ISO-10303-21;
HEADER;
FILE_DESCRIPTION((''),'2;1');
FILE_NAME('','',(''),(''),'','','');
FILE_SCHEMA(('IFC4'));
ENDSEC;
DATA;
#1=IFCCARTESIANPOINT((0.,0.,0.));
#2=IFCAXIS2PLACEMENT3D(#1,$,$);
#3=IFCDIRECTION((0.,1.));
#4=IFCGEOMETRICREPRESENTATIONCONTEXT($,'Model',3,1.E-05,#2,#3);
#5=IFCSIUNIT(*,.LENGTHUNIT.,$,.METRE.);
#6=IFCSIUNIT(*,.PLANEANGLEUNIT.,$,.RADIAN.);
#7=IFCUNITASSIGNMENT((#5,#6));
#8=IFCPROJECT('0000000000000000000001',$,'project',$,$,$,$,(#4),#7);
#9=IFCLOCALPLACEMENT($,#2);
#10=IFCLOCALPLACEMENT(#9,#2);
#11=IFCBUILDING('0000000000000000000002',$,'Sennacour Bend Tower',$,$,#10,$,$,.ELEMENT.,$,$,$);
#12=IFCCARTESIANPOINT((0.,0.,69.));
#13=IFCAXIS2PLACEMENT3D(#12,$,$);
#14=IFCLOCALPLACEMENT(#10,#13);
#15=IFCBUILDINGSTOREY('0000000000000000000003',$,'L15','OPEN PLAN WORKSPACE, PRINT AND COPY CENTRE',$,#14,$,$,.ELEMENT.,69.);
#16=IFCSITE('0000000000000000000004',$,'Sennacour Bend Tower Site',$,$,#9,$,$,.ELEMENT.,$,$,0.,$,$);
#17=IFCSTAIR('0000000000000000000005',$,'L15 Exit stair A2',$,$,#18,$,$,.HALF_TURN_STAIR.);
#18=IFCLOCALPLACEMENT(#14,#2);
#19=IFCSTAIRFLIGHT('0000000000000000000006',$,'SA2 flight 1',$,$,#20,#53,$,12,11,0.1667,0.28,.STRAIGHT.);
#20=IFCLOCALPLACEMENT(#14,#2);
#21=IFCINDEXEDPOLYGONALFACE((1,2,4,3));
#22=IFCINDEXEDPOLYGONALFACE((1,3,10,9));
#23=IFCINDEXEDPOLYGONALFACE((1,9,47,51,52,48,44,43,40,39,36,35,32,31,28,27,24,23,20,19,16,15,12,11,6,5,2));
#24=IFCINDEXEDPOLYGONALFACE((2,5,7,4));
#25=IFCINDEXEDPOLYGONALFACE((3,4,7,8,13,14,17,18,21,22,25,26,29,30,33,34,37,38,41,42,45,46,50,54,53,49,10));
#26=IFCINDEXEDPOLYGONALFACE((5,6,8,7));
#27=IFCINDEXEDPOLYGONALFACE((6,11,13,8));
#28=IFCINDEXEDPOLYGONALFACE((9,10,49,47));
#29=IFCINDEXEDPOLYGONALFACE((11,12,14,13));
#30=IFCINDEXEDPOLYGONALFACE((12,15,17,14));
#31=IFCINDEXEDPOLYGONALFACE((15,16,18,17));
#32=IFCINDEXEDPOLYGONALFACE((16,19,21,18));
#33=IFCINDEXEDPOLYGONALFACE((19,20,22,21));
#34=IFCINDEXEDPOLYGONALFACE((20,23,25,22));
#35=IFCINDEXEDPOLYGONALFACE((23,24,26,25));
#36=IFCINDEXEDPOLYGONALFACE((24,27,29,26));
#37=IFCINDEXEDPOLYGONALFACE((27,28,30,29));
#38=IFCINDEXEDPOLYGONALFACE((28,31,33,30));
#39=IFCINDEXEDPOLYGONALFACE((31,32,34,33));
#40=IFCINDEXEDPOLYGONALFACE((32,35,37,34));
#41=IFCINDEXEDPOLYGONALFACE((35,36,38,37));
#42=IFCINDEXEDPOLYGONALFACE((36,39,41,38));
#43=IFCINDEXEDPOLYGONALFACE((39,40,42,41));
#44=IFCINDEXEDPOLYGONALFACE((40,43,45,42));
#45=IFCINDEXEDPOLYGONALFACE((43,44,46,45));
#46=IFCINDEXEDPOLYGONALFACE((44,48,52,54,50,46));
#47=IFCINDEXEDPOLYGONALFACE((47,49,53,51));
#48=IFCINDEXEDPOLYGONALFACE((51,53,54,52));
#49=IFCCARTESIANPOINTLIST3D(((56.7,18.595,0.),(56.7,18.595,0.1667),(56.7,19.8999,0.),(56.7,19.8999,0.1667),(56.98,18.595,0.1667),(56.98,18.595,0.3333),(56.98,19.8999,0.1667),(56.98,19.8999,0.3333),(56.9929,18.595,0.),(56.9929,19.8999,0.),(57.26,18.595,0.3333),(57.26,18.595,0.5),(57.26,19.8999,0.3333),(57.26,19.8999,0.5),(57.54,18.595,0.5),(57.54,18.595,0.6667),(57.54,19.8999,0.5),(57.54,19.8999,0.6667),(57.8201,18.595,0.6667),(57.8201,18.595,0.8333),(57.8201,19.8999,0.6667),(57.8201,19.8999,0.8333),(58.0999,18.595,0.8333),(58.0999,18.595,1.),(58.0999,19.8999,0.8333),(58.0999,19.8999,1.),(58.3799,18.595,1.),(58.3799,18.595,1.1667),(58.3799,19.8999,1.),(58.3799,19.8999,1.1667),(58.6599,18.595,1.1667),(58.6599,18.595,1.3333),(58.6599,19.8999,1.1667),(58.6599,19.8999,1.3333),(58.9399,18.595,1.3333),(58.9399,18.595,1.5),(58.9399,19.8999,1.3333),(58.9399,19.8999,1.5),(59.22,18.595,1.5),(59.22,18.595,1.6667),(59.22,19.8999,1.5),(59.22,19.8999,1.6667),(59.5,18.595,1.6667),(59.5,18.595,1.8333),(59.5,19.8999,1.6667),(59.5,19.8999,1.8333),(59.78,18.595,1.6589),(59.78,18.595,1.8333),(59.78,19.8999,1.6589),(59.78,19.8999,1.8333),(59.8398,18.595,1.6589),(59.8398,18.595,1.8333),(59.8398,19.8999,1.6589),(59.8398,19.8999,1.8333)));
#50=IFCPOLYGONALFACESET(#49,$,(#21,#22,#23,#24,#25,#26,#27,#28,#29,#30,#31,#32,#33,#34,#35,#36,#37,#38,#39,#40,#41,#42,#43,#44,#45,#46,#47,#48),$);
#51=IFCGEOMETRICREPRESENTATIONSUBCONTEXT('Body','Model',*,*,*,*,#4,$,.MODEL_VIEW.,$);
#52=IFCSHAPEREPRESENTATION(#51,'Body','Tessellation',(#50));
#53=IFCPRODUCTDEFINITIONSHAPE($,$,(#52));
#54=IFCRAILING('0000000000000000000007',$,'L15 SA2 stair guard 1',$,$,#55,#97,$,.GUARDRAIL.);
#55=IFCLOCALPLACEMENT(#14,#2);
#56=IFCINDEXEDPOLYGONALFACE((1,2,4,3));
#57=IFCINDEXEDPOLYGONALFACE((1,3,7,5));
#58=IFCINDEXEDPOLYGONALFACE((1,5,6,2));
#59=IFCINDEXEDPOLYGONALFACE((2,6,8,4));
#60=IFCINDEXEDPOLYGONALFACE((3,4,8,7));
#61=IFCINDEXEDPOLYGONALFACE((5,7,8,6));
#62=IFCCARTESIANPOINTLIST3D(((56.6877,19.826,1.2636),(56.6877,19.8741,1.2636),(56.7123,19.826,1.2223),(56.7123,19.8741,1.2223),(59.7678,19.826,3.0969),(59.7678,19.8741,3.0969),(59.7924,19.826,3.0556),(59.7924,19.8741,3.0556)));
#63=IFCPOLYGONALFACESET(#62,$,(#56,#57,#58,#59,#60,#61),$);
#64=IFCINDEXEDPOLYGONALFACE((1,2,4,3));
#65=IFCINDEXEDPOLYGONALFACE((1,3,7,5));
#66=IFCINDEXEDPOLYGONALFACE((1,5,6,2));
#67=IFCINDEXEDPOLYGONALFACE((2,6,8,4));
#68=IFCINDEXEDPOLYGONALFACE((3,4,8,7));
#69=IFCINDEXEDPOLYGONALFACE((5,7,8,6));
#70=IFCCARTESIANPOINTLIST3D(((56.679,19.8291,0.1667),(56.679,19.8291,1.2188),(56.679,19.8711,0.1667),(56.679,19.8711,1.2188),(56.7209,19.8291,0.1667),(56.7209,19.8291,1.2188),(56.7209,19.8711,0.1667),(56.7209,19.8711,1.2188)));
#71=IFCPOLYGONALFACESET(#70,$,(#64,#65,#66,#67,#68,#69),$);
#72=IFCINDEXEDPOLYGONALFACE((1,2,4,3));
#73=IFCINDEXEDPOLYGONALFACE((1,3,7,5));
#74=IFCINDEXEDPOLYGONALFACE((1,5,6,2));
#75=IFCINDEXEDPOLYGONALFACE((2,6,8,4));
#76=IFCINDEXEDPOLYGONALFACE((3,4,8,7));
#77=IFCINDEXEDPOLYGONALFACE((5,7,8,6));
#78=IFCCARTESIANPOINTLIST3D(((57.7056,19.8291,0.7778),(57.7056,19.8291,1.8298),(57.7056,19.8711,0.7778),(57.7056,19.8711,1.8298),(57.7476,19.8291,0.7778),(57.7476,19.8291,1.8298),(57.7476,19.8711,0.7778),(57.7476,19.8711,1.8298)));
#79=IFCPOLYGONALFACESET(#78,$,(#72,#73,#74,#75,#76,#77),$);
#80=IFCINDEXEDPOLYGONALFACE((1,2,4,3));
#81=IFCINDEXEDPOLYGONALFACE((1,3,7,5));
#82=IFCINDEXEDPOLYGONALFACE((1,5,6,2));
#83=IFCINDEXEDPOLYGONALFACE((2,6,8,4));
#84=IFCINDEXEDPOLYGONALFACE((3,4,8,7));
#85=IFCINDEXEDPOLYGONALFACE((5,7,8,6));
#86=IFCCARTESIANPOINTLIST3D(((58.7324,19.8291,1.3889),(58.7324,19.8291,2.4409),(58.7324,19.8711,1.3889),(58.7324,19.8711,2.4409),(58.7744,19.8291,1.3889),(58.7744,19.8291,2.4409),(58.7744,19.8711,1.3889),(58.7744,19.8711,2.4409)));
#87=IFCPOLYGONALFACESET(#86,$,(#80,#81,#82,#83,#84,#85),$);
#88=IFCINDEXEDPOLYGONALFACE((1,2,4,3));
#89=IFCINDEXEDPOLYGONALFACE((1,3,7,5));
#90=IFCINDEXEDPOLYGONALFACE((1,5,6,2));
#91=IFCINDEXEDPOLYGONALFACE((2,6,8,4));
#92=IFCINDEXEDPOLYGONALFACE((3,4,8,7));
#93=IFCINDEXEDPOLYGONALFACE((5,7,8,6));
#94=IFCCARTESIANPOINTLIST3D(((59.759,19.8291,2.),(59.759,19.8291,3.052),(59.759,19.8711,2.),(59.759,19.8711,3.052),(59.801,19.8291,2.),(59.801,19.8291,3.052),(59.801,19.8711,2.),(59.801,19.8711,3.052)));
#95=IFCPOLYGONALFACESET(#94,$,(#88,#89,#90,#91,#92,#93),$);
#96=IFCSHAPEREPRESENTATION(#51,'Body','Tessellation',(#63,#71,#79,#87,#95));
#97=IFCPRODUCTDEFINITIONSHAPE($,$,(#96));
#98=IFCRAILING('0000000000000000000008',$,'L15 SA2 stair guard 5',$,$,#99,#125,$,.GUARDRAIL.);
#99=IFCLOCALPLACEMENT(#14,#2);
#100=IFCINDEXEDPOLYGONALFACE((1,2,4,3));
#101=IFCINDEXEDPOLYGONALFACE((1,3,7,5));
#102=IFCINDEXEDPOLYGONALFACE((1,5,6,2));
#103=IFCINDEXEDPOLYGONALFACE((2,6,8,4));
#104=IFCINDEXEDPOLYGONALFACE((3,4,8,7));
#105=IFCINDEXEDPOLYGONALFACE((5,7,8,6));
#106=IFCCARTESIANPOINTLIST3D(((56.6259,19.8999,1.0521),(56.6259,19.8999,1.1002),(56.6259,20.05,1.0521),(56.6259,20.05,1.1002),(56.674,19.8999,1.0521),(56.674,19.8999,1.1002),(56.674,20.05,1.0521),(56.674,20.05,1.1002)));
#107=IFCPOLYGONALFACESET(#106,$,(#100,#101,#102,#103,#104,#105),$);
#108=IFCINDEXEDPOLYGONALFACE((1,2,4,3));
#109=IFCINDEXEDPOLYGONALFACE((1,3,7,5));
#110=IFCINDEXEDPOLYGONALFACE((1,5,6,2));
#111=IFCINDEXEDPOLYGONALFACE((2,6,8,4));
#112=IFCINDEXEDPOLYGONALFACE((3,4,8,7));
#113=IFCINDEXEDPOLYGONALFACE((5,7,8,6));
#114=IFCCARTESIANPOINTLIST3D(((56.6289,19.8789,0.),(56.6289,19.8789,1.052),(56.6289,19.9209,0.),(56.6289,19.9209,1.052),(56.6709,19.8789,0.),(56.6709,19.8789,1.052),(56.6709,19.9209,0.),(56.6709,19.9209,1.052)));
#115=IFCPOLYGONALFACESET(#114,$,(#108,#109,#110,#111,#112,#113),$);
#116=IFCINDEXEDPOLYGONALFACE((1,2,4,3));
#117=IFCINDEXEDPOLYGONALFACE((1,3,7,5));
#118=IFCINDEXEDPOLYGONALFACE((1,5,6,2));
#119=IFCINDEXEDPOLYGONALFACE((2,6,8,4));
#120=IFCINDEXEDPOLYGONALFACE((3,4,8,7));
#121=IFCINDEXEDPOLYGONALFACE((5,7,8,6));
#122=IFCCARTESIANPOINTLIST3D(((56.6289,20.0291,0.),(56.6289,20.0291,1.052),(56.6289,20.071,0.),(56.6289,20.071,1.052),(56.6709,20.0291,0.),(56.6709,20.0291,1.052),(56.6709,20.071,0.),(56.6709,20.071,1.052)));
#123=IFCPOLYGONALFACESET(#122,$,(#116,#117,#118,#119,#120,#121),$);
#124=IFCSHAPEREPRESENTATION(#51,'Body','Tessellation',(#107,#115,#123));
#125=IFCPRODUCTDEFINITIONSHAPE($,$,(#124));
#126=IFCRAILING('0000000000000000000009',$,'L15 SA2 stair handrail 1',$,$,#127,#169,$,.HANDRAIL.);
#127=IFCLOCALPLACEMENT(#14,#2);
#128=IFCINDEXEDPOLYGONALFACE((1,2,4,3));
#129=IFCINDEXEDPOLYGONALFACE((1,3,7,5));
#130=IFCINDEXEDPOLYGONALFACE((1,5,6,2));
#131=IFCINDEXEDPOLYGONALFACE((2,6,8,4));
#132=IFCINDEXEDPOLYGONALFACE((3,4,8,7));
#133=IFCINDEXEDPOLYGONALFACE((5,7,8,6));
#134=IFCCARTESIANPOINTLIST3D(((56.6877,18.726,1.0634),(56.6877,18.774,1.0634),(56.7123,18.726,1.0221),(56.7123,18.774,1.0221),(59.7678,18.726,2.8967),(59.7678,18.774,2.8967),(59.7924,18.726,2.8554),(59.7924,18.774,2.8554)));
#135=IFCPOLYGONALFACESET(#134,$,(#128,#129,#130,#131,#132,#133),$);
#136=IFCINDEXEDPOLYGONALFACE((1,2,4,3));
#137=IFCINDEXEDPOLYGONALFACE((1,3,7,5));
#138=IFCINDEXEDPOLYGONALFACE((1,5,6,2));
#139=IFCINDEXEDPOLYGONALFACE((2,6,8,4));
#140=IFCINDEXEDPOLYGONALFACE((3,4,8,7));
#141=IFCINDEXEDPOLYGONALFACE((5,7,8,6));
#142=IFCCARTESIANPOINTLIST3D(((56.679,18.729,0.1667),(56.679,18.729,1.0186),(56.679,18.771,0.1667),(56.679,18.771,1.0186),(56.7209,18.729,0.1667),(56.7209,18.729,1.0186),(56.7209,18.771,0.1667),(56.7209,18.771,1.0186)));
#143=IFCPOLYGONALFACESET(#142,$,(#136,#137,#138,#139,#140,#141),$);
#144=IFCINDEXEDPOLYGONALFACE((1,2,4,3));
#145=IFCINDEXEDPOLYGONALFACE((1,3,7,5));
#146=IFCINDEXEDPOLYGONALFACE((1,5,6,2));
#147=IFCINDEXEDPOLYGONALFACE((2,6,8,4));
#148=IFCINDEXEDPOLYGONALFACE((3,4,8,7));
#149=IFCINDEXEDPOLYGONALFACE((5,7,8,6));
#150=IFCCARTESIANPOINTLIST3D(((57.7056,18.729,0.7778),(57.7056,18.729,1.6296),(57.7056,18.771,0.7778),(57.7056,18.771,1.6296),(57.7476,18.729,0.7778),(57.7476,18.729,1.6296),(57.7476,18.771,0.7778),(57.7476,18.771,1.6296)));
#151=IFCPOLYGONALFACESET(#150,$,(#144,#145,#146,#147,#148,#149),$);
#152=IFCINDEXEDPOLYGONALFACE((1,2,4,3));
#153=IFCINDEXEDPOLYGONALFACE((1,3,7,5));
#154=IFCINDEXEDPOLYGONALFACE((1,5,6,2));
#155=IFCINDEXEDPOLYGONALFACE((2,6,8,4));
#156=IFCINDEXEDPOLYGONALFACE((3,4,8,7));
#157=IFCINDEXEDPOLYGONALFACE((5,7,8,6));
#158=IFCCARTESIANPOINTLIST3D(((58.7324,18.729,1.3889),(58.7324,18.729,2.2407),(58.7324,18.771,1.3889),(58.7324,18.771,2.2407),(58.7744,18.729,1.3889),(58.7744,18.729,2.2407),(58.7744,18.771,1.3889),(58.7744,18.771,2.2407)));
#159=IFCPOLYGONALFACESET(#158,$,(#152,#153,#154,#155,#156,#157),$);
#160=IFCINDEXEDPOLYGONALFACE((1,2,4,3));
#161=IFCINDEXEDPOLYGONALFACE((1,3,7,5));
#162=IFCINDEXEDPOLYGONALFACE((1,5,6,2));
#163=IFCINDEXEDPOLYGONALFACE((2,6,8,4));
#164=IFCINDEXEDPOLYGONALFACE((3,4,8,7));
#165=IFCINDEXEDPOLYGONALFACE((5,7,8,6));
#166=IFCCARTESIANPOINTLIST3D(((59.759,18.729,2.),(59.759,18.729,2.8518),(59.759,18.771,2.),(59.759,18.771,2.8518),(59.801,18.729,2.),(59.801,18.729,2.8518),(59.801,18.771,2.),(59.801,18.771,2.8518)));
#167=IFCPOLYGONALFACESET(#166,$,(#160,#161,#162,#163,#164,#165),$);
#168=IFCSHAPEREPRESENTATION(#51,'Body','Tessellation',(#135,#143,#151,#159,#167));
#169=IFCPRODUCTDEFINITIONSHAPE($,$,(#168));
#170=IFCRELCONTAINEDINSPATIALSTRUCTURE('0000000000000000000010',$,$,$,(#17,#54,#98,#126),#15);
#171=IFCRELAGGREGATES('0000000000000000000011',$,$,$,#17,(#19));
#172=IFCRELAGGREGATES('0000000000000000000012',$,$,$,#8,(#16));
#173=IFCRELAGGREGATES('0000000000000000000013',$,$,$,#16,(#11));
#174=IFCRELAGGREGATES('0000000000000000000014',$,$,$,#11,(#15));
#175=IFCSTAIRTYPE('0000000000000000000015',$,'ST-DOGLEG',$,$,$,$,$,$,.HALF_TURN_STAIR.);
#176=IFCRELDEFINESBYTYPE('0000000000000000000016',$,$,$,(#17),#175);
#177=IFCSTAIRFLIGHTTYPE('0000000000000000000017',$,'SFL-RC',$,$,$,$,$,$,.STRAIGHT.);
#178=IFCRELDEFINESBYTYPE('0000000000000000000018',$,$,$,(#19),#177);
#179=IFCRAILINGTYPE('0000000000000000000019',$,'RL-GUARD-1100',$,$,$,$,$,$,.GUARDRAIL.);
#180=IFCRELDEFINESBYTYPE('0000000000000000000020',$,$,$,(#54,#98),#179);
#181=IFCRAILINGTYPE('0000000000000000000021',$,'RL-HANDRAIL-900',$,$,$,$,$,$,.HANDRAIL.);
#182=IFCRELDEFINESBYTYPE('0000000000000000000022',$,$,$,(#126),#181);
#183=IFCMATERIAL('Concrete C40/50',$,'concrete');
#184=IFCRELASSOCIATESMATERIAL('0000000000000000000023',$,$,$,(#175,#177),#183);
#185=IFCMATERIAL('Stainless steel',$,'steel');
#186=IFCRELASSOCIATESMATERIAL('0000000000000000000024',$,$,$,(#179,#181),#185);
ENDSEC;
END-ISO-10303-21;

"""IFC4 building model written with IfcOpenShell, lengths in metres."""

from ifc_helpers import new_model, si_unit, direction, frame, origin, origin_2d, place, context, subcontext, project, spatial, polyline, rectangle, outline, extrude, material, type_object, element, aggregate, save


model = new_model("IFC4")

# Units and contexts
model_context = context("Model", 3, precision=1e-05, world=origin(), true_north=direction((0.0, 1.0)))
body_context = subcontext(model_context, "Body", "Model", "MODEL_VIEW")
ifc_project = project(units=[si_unit("LENGTHUNIT", "METRE"), si_unit("PLANEANGLEUNIT", "RADIAN")], contexts=[model_context])

# Site, building, storey
site_placement = place(None, origin())
site = spatial("IfcSite", under=ifc_project, at=site_placement, Name="Sennacour Bend Tower Site", CompositionType="ELEMENT", RefElevation=0.0)
building_placement = place(site_placement, origin())
building = spatial("IfcBuilding", under=site, at=building_placement, Name="Sennacour Bend Tower", CompositionType="ELEMENT")
storey_placement = place(building_placement, frame((0.0, 0.0, 69.0)))
storey = spatial("IfcBuildingStorey", under=building, at=storey_placement, Name="L15", Description="OPEN PLAN WORKSPACE, PRINT AND COPY CENTRE", CompositionType="ELEMENT", Elevation=69.0)

# Shared definitions
ifc_material_1 = material(Name="Stainless steel", Category="steel")

# Stair, stair flight
ifc_material_2 = material(Name="Concrete C40/50", Category="concrete")
stair_type = type_object("IfcStairType", Name="ST-DOGLEG", PredefinedType="HALF_TURN_STAIR", material=ifc_material_2)
stair_placement = place(storey_placement, origin())
stair = element("IfcStair", 1, at=stair_placement, inside=storey, type_object=stair_type, Name="L15 Exit stair A2", PredefinedType="HALF_TURN_STAIR")
stair_flight_type = type_object("IfcStairFlightType", Name="SFL-RC", PredefinedType="STRAIGHT", material=ifc_material_2)
stair_flight_placement = place(storey_placement, frame((56.7, 19.2476, 0.0), z_axis=(0.0, 0.0, 1.0), x_axis=(1.0, 0.0, 0.0)))
stair_flight = element("IfcStairFlight", 2, at=stair_flight_placement, type_object=stair_flight_type, Name="SA2 flight 1", NumberOfRisers=12, NumberOfTreads=11, PredefinedType="STRAIGHT", RiserHeight=0.1667, TreadLength=0.28, context=body_context, shape_type="SweptSolid", body=[
    extrude(outline(polyline([(0.0, 0.0), (0.0, 0.1667), (0.28, 0.1667), (0.28, 0.3333), (0.5601, 0.3333), (0.5601, 0.5), (0.8401, 0.5), (0.8401, 0.6667), (1.1201, 0.6667), (1.1201, 0.8333), (1.3999, 0.8333), (1.3999, 1.0), (1.6799, 1.0), (1.6799, 1.1667), (1.96, 1.1667), (1.96, 1.3333), (2.24, 1.3333), (2.24, 1.5), (2.52, 1.5), (2.52, 1.6667), (2.8, 1.6667), (2.8, 1.8333), (3.0801, 1.8333), (3.1399, 1.8333), (3.1399, 1.6589), (3.0801, 1.6589), (0.293, 0.0), (0.0, 0.0)])), frame((0.0, 0.6523, 0.0), z_axis=(0.0, -1.0, 0.0), x_axis=(1.0, 0.0, 0.0)), (0.0, 0.0, 1.0), 1.3049),
])
aggregate(stair, [stair_flight])

# Railings
railing_type_1 = type_object("IfcRailingType", Name="RL-GUARD-1100", PredefinedType="GUARDRAIL", material=ifc_material_1)
railing_1_placement = place(storey_placement, frame((56.7, 19.8501, 0.1667)))
element("IfcRailing", 3, at=railing_1_placement, inside=storey, type_object=railing_type_1, Name="L15 SA2 stair guard 1", PredefinedType="GUARDRAIL", context=body_context, shape_type="SweptSolid", body=[
    extrude(rectangle(XDim=0.0481, YDim=0.0481, at=origin_2d()), frame((0.0, 0.0, 1.0762), z_axis=(0.859309, 0.0, 0.511458), x_axis=(0.0, 1.0, 0.0)), (0.0, 0.0, 1.0), 3.5845),
    extrude(rectangle(XDim=0.042, YDim=0.042, at=origin_2d()), origin(), (0.0, 0.0, 1.0), 1.052),
    extrude(rectangle(XDim=0.042, YDim=0.042, at=origin_2d()), frame((1.0266, 0.0, 0.6111)), (0.0, 0.0, 1.0), 1.052),
    extrude(rectangle(XDim=0.042, YDim=0.042, at=origin_2d()), frame((2.0535, 0.0, 1.2222)), (0.0, 0.0, 1.0), 1.052),
    extrude(rectangle(XDim=0.042, YDim=0.042, at=origin_2d()), frame((3.0801, 0.0, 1.8333)), (0.0, 0.0, 1.0), 1.052),
])
railing_2_placement = place(storey_placement, frame((56.6499, 19.8999, 0.0)))
element("IfcRailing", 4, at=railing_2_placement, inside=storey, type_object=railing_type_1, Name="L15 SA2 stair guard 5", PredefinedType="GUARDRAIL", context=body_context, shape_type="SweptSolid", body=[
    extrude(rectangle(XDim=0.0481, YDim=0.0481, at=origin_2d()), frame((0.0, 0.0, 1.0762), z_axis=(0.0, 1.0, 0.0), x_axis=(-1.0, 0.0, 0.0)), (0.0, 0.0, 1.0), 0.1501),
    extrude(rectangle(XDim=0.042, YDim=0.042, at=origin_2d()), origin(), (0.0, 0.0, 1.0), 1.052),
    extrude(rectangle(XDim=0.042, YDim=0.042, at=origin_2d()), frame((0.0, 0.1501, 0.0)), (0.0, 0.0, 1.0), 1.052),
])
railing_type_2 = type_object("IfcRailingType", Name="RL-HANDRAIL-900", PredefinedType="HANDRAIL", material=ifc_material_1)
railing_3_placement = place(storey_placement, frame((56.7, 18.75, 0.1667)))
element("IfcRailing", 5, at=railing_3_placement, inside=storey, type_object=railing_type_2, Name="L15 SA2 stair handrail 1", PredefinedType="HANDRAIL", context=body_context, shape_type="SweptSolid", body=[
    extrude(rectangle(XDim=0.0481, YDim=0.0481, at=origin_2d()), frame((0.0, 0.0, 0.876), z_axis=(0.859309, 0.0, 0.511458), x_axis=(0.0, 1.0, 0.0)), (0.0, 0.0, 1.0), 3.5845),
    extrude(rectangle(XDim=0.042, YDim=0.042, at=origin_2d()), origin(), (0.0, 0.0, 1.0), 0.8518),
    extrude(rectangle(XDim=0.042, YDim=0.042, at=origin_2d()), frame((1.0266, 0.0, 0.6111)), (0.0, 0.0, 1.0), 0.8518),
    extrude(rectangle(XDim=0.042, YDim=0.042, at=origin_2d()), frame((2.0535, 0.0, 1.2222)), (0.0, 0.0, 1.0), 0.8518),
    extrude(rectangle(XDim=0.042, YDim=0.042, at=origin_2d()), frame((3.0801, 0.0, 1.8333)), (0.0, 0.0, 1.0), 0.8518),
])

save(model, "model.ifc")
